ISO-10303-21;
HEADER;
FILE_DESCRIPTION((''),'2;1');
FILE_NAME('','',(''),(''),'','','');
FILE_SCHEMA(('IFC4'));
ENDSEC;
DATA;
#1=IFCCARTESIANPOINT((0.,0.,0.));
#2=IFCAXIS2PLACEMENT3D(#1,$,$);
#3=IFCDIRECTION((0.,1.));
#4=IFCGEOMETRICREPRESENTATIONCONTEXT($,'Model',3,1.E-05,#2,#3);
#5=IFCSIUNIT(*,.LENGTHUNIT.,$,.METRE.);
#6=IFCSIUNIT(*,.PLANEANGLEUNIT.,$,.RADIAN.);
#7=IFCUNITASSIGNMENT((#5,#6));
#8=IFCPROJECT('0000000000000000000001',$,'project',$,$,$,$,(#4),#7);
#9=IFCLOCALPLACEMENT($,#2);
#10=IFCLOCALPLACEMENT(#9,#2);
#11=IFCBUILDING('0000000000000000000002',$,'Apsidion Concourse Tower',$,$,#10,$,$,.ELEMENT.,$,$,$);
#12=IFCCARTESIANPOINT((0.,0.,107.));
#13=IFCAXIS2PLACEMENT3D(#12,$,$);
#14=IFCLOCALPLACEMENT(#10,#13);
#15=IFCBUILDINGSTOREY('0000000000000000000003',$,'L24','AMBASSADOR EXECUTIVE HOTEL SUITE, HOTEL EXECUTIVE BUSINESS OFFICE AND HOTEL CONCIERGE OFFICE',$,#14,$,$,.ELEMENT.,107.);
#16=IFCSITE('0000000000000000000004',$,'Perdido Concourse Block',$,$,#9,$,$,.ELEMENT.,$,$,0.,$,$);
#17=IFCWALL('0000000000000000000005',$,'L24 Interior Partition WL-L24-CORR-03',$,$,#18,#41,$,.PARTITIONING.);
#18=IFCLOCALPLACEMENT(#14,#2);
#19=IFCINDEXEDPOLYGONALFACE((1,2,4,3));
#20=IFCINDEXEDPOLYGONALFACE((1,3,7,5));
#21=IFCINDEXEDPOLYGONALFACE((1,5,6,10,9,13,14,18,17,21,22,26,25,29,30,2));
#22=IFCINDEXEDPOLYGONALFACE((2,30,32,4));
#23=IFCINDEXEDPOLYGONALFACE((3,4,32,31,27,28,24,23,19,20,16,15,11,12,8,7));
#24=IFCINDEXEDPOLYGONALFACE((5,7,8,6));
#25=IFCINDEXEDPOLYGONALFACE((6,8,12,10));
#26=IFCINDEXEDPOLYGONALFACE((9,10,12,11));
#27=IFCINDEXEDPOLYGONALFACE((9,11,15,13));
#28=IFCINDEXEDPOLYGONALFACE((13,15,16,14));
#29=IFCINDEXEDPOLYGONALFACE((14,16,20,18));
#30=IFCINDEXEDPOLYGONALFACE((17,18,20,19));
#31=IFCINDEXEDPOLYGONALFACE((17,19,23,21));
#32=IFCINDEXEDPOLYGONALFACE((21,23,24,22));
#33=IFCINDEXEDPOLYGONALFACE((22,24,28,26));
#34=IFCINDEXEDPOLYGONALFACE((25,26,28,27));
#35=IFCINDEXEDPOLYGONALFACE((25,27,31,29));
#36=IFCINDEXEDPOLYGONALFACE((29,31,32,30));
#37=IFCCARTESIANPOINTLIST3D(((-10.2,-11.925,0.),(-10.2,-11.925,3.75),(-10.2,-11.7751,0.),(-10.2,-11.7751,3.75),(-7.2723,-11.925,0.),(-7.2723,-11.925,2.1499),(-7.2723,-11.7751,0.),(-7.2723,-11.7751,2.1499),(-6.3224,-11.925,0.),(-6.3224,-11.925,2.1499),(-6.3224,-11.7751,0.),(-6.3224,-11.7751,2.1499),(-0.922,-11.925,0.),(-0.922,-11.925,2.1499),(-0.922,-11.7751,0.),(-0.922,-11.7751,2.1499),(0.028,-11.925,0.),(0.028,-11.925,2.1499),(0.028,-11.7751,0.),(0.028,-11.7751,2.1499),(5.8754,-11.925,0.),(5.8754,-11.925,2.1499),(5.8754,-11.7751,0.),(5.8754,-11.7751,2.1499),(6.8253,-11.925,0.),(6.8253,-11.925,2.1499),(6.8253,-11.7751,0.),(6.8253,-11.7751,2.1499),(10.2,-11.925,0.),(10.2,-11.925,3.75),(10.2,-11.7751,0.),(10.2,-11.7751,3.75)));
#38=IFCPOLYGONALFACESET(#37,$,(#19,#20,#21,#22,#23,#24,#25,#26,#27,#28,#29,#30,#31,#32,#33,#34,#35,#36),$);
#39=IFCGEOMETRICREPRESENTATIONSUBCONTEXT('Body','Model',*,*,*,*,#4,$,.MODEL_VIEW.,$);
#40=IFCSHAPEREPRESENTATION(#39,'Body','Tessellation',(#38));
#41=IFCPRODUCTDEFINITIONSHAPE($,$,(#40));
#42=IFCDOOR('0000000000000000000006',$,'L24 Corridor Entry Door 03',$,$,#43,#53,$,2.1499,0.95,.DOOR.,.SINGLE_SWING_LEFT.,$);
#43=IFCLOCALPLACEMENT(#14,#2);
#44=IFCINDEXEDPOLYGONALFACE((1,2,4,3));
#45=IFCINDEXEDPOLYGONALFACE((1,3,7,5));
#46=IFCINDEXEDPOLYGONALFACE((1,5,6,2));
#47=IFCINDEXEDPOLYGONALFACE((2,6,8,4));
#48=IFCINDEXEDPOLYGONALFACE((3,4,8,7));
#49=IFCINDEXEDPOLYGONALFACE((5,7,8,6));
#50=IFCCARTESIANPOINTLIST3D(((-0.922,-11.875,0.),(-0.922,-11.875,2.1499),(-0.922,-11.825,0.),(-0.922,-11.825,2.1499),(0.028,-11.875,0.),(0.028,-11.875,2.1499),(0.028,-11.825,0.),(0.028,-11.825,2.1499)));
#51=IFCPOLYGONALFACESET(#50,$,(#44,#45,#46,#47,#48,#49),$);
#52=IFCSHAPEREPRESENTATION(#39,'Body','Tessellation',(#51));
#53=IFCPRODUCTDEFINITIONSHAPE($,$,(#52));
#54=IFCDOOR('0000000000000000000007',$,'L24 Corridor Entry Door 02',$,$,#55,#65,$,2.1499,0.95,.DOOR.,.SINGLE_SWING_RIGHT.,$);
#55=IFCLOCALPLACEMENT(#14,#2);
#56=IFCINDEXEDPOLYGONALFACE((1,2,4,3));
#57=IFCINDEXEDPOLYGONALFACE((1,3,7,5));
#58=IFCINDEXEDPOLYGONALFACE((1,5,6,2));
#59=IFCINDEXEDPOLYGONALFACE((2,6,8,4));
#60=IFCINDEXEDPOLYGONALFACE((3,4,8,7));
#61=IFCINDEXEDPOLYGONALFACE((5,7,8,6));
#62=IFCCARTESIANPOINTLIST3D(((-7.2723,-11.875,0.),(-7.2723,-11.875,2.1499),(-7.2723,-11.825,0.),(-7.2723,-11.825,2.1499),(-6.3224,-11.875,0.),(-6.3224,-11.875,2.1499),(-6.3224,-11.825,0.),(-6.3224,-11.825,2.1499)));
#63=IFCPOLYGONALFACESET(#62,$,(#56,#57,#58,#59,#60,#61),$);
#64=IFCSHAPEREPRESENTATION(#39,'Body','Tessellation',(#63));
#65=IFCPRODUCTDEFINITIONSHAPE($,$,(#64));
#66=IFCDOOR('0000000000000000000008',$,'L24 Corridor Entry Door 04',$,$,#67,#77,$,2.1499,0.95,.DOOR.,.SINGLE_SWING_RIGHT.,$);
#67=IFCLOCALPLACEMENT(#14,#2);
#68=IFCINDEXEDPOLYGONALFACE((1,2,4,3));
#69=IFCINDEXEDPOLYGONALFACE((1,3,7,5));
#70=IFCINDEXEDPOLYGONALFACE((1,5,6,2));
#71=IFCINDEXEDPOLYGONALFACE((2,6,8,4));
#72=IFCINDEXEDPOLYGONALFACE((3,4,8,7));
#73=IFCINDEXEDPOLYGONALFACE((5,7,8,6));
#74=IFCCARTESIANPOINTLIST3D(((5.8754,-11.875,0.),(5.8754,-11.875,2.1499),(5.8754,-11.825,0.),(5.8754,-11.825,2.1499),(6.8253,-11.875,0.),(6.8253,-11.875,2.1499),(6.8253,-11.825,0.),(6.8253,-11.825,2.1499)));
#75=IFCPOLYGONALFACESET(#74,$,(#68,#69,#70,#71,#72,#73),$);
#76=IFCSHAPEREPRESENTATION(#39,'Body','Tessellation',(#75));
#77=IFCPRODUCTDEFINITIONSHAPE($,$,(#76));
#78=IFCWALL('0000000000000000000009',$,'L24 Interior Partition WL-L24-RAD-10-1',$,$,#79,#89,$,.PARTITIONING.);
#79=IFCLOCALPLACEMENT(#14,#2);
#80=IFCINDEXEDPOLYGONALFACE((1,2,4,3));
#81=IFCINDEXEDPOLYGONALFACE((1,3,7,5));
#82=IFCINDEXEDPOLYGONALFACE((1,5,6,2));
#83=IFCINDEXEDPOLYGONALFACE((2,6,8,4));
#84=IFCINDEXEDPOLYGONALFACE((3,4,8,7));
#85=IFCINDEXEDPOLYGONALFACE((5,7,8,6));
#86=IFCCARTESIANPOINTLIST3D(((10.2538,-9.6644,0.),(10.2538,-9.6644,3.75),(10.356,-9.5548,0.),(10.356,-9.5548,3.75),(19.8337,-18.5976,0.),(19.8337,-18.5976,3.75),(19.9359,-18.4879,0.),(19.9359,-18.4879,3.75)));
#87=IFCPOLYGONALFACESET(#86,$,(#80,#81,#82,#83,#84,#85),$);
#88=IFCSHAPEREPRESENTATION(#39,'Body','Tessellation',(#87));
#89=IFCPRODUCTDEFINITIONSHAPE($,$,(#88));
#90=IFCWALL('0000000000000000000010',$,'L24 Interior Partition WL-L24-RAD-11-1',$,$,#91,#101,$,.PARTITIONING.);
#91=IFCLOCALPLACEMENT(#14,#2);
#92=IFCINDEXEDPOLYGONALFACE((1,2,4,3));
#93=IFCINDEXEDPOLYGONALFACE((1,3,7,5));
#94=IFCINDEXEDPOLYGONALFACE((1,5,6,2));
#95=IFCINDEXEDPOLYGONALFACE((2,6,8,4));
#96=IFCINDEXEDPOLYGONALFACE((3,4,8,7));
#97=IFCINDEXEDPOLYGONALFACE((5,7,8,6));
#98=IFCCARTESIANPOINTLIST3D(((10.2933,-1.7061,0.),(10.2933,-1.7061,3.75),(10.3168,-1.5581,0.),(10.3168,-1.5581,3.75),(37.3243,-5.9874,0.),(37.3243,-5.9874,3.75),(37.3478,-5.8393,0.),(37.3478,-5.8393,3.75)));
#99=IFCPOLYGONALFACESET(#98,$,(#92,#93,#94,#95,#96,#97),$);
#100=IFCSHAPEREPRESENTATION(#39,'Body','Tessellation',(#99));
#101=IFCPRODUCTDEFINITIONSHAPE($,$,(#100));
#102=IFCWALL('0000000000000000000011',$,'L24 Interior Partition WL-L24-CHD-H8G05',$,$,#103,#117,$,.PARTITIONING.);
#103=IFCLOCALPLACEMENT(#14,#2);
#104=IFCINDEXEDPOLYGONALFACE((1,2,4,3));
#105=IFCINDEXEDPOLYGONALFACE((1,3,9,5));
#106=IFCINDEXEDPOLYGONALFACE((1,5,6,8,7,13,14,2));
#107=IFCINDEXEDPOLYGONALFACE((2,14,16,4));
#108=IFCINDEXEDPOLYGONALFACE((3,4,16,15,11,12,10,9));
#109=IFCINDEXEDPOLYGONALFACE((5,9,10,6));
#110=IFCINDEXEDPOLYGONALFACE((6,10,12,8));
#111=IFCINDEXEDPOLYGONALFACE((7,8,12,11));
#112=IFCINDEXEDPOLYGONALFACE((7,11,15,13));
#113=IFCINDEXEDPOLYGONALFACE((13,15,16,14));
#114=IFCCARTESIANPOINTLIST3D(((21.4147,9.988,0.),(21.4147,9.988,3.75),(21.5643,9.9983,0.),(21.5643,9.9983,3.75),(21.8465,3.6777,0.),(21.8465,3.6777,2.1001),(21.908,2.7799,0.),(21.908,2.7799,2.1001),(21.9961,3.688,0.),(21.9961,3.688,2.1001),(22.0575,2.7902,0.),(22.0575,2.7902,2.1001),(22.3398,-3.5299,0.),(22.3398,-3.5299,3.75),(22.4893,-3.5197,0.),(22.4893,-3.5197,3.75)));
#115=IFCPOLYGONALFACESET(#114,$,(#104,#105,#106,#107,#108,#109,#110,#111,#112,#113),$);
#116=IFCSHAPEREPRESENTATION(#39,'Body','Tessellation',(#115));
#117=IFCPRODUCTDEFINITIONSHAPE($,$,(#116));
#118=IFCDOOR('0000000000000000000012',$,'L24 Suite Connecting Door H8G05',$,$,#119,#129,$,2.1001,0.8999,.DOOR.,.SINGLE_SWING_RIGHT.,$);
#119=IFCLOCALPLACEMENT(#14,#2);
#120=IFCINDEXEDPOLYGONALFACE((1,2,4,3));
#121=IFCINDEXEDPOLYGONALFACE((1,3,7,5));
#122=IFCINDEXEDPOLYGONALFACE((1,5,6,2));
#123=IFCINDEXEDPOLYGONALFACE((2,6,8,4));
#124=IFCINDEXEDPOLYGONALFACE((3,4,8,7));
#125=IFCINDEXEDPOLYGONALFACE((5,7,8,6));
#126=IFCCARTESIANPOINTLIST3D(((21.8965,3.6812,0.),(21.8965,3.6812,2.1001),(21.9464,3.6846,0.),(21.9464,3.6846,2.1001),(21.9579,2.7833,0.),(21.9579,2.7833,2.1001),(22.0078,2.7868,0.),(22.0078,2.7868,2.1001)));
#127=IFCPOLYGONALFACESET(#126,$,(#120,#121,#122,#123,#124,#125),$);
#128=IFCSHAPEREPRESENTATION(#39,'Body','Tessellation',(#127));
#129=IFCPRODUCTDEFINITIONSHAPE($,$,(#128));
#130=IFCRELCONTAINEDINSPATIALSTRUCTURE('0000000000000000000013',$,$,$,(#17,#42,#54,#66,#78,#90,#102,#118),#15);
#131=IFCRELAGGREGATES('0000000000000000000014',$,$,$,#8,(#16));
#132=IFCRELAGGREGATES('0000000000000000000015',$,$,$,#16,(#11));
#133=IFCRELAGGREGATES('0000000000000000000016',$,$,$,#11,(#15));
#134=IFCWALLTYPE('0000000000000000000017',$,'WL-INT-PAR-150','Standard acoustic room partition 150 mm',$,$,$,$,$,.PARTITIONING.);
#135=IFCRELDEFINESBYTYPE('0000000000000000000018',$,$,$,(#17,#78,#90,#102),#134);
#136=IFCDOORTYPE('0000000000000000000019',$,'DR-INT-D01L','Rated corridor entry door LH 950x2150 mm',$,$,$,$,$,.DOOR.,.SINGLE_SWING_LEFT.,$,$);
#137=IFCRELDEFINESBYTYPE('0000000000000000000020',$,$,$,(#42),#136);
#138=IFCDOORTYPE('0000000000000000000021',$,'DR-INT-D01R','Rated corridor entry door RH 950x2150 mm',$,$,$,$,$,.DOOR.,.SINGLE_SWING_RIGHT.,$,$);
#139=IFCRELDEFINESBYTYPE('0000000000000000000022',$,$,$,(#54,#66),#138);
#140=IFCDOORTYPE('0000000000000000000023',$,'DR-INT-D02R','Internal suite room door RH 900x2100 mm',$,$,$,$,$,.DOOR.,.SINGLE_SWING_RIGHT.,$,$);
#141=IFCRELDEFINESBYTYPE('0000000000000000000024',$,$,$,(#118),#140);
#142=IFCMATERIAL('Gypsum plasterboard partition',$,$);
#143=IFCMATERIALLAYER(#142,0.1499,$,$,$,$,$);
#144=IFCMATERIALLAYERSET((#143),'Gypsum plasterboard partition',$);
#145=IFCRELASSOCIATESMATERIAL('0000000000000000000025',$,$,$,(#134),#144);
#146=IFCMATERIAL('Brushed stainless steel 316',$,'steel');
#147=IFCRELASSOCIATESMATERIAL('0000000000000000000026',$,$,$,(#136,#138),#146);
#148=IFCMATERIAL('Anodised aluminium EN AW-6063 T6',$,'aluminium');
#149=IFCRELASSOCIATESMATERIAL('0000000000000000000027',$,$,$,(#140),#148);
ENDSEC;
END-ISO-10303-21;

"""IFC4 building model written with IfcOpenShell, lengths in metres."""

from ifc_helpers import new_model, si_unit, direction, frame, frame_2d, origin, place, context, subcontext, project, spatial, rectangle, extrude, material, layer, layer_set, type_object, element, fill, save


model = new_model("IFC4")

# Units and contexts
model_context = context("Model", 3, precision=1e-05, world=origin(), true_north=direction((0.0, 1.0)))
body_context = subcontext(model_context, "Body", "Model", "MODEL_VIEW")
ifc_project = project(units=[si_unit("LENGTHUNIT", "METRE"), si_unit("PLANEANGLEUNIT", "RADIAN")], contexts=[model_context])

# Site, building, storey
site_placement = place(None, origin())
site = spatial("IfcSite", under=ifc_project, at=site_placement, Name="Perdido Concourse Block", CompositionType="ELEMENT", RefElevation=0.0)
building_placement = place(site_placement, origin())
building = spatial("IfcBuilding", under=site, at=building_placement, Name="Apsidion Concourse Tower", CompositionType="ELEMENT")
storey_placement = place(building_placement, frame((0.0, 0.0, 107.0)))
storey = spatial("IfcBuildingStorey", under=building, at=storey_placement, Name="L24", Description="AMBASSADOR EXECUTIVE HOTEL SUITE, HOTEL EXECUTIVE BUSINESS OFFICE AND HOTEL CONCIERGE OFFICE", CompositionType="ELEMENT", Elevation=107.0)

# Shared definitions
ifc_material_1 = material(Name="Anodised aluminium EN AW-6063 T6", Category="aluminium")

# Wall, openings, doors
ifc_material_2 = material(Name="Gypsum plasterboard partition")
ifc_layer_1 = layer(ifc_material_2, 0.1499)
ifc_layer_set_1 = layer_set([ifc_layer_1], Name="Gypsum plasterboard partition")
wall_type_1 = type_object("IfcWallType", Name="WL-INT-PAR-150", Description="Standard acoustic room partition 150 mm", PredefinedType="PARTITIONING", material=ifc_layer_set_1)
wall_1_placement = place(storey_placement, frame((10.2, -11.8501, 0.0), z_axis=(0.0, 0.0, 1.0), x_axis=(-1.0, 0.0, 0.0)))
wall_1 = element("IfcWall", 1, at=wall_1_placement, inside=storey, type_object=wall_type_1, Name="L24 Interior Partition WL-L24-CORR-03", PredefinedType="PARTITIONING", context=body_context, shape_type="SweptSolid", body=[
    extrude(rectangle(XDim=20.3999, YDim=0.1499, at=frame_2d((10.2, 0.0))), origin(), (0.0, 0.0, 1.0), 3.75),
])
opening_1_placement = place(wall_1_placement, frame((16.5222, 0.0, 0.0)))
opening_1 = element("IfcOpeningElement", 2, at=opening_1_placement, cuts=wall_1, PredefinedType="OPENING", context=body_context, shape_type="SweptSolid", body=[
    extrude(rectangle(XDim=0.95, YDim=2.1499, at=frame_2d((0.4751, 1.075))), frame((0.0, 0.085, 0.0), z_axis=(0.0, -1.0, 0.0), x_axis=(1.0, 0.0, 0.0)), (0.0, 0.0, 1.0), 0.1699),
])
opening_2_placement = place(wall_1_placement, frame((10.1719, 0.0, 0.0)))
opening_2 = element("IfcOpeningElement", 3, at=opening_2_placement, cuts=wall_1, PredefinedType="OPENING", context=body_context, shape_type="SweptSolid", body=[
    extrude(rectangle(XDim=0.95, YDim=2.1499, at=frame_2d((0.4751, 1.075))), frame((0.0, 0.085, 0.0), z_axis=(0.0, -1.0, 0.0), x_axis=(1.0, 0.0, 0.0)), (0.0, 0.0, 1.0), 0.1699),
])
opening_3_placement = place(wall_1_placement, frame((3.3745, 0.0, 0.0)))
opening_3 = element("IfcOpeningElement", 4, at=opening_3_placement, cuts=wall_1, PredefinedType="OPENING", context=body_context, shape_type="SweptSolid", body=[
    extrude(rectangle(XDim=0.95, YDim=2.1499, at=frame_2d((0.4751, 1.075))), frame((0.0, 0.085, 0.0), z_axis=(0.0, -1.0, 0.0), x_axis=(1.0, 0.0, 0.0)), (0.0, 0.0, 1.0), 0.1699),
])
ifc_material_3 = material(Name="Brushed stainless steel 316", Category="steel")
door_type_1 = type_object("IfcDoorType", Name="DR-INT-D01L", Description="Rated corridor entry door LH 950x2150 mm", OperationType="SINGLE_SWING_LEFT", PredefinedType="DOOR", material=ifc_material_3)
door_1_placement = place(opening_2_placement, origin())
door_1 = element("IfcDoor", 5, at=door_1_placement, inside=storey, type_object=door_type_1, Name="L24 Corridor Entry Door 03", OperationType="SINGLE_SWING_LEFT", OverallHeight=2.1499, OverallWidth=0.95, PredefinedType="DOOR", context=body_context, shape_type="SweptSolid", body=[
    extrude(rectangle(XDim=0.95, YDim=2.1499, at=frame_2d((0.4751, 1.075))), frame((0.0, 0.0249, 0.0), z_axis=(0.0, -1.0, 0.0), x_axis=(1.0, 0.0, 0.0)), (0.0, 0.0, 1.0), 0.05),
])
fill(opening_2, door_1)
door_type_2 = type_object("IfcDoorType", Name="DR-INT-D01R", Description="Rated corridor entry door RH 950x2150 mm", OperationType="SINGLE_SWING_RIGHT", PredefinedType="DOOR", material=ifc_material_3)
door_2_placement = place(opening_1_placement, origin())
door_2 = element("IfcDoor", 6, at=door_2_placement, inside=storey, type_object=door_type_2, Name="L24 Corridor Entry Door 02", OperationType="SINGLE_SWING_RIGHT", OverallHeight=2.1499, OverallWidth=0.95, PredefinedType="DOOR", context=body_context, shape_type="SweptSolid", body=[
    extrude(rectangle(XDim=0.95, YDim=2.1499, at=frame_2d((0.4751, 1.075))), frame((0.0, 0.0249, 0.0), z_axis=(0.0, -1.0, 0.0), x_axis=(1.0, 0.0, 0.0)), (0.0, 0.0, 1.0), 0.05),
])
fill(opening_1, door_2)
door_3_placement = place(opening_3_placement, origin())
door_3 = element("IfcDoor", 7, at=door_3_placement, inside=storey, type_object=door_type_2, Name="L24 Corridor Entry Door 04", OperationType="SINGLE_SWING_RIGHT", OverallHeight=2.1499, OverallWidth=0.95, PredefinedType="DOOR", context=body_context, shape_type="SweptSolid", body=[
    extrude(rectangle(XDim=0.95, YDim=2.1499, at=frame_2d((0.4751, 1.075))), frame((0.0, 0.0249, 0.0), z_axis=(0.0, -1.0, 0.0), x_axis=(1.0, 0.0, 0.0)), (0.0, 0.0, 1.0), 0.05),
])
fill(opening_3, door_3)

# Walls
wall_2_placement = place(storey_placement, frame((10.3049, -9.6096, 0.0), z_axis=(0.0, 0.0, 1.0), x_axis=(0.731363, -0.681989, 0.0)))
element("IfcWall", 8, at=wall_2_placement, inside=storey, type_object=wall_type_1, Name="L24 Interior Partition WL-L24-RAD-10-1", PredefinedType="PARTITIONING", context=body_context, shape_type="SweptSolid", body=[
    extrude(rectangle(XDim=13.0986, YDim=0.1499, at=frame_2d((6.5493, 0.0))), origin(), (0.0, 0.0, 1.0), 3.75),
])
wall_3_placement = place(storey_placement, frame((10.3049, -1.6321, 0.0), z_axis=(0.0, 0.0, 1.0), x_axis=(0.987689, -0.156433, 0.0)))
element("IfcWall", 9, at=wall_3_placement, inside=storey, type_object=wall_type_1, Name="L24 Interior Partition WL-L24-RAD-11-1", PredefinedType="PARTITIONING", context=body_context, shape_type="SweptSolid", body=[
    extrude(rectangle(XDim=27.3679, YDim=0.1499, at=frame_2d((13.6841, 0.0))), origin(), (0.0, 0.0, 1.0), 3.75),
])

# Wall, opening, door
wall_4_placement = place(storey_placement, frame((22.4146, -3.5249, 0.0), z_axis=(0.0, 0.0, 1.0), x_axis=(-0.068271, 0.997667, 0.0)))
wall_4 = element("IfcWall", 10, at=wall_4_placement, inside=storey, type_object=wall_type_1, Name="L24 Interior Partition WL-L24-CHD-H8G05", PredefinedType="PARTITIONING", context=body_context, shape_type="SweptSolid", body=[
    extrude(rectangle(XDim=13.5496, YDim=0.1499, at=frame_2d((6.7749, 0.0))), origin(), (0.0, 0.0, 1.0), 3.75),
])
opening_4_placement = place(wall_4_placement, frame((6.3247, 0.0, 0.0)))
opening_4 = element("IfcOpeningElement", 11, at=opening_4_placement, cuts=wall_4, PredefinedType="OPENING", context=body_context, shape_type="SweptSolid", body=[
    extrude(rectangle(XDim=0.8999, YDim=2.1001, at=frame_2d((0.45, 1.05))), frame((0.0, 0.085, 0.0), z_axis=(0.0, -1.0, 0.0), x_axis=(1.0, 0.0, 0.0)), (0.0, 0.0, 1.0), 0.1699),
])
door_type_3 = type_object("IfcDoorType", Name="DR-INT-D02R", Description="Internal suite room door RH 900x2100 mm", OperationType="SINGLE_SWING_RIGHT", PredefinedType="DOOR", material=ifc_material_1)
door_4_placement = place(opening_4_placement, origin())
door_4 = element("IfcDoor", 12, at=door_4_placement, inside=storey, type_object=door_type_3, Name="L24 Suite Connecting Door H8G05", OperationType="SINGLE_SWING_RIGHT", OverallHeight=2.1001, OverallWidth=0.8999, PredefinedType="DOOR", context=body_context, shape_type="SweptSolid", body=[
    extrude(rectangle(XDim=0.8999, YDim=2.1001, at=frame_2d((0.45, 1.05))), frame((0.0, 0.0249, 0.0), z_axis=(0.0, -1.0, 0.0), x_axis=(1.0, 0.0, 0.0)), (0.0, 0.0, 1.0), 0.05),
])
fill(opening_4, door_4)

save(model, "model.ifc")
